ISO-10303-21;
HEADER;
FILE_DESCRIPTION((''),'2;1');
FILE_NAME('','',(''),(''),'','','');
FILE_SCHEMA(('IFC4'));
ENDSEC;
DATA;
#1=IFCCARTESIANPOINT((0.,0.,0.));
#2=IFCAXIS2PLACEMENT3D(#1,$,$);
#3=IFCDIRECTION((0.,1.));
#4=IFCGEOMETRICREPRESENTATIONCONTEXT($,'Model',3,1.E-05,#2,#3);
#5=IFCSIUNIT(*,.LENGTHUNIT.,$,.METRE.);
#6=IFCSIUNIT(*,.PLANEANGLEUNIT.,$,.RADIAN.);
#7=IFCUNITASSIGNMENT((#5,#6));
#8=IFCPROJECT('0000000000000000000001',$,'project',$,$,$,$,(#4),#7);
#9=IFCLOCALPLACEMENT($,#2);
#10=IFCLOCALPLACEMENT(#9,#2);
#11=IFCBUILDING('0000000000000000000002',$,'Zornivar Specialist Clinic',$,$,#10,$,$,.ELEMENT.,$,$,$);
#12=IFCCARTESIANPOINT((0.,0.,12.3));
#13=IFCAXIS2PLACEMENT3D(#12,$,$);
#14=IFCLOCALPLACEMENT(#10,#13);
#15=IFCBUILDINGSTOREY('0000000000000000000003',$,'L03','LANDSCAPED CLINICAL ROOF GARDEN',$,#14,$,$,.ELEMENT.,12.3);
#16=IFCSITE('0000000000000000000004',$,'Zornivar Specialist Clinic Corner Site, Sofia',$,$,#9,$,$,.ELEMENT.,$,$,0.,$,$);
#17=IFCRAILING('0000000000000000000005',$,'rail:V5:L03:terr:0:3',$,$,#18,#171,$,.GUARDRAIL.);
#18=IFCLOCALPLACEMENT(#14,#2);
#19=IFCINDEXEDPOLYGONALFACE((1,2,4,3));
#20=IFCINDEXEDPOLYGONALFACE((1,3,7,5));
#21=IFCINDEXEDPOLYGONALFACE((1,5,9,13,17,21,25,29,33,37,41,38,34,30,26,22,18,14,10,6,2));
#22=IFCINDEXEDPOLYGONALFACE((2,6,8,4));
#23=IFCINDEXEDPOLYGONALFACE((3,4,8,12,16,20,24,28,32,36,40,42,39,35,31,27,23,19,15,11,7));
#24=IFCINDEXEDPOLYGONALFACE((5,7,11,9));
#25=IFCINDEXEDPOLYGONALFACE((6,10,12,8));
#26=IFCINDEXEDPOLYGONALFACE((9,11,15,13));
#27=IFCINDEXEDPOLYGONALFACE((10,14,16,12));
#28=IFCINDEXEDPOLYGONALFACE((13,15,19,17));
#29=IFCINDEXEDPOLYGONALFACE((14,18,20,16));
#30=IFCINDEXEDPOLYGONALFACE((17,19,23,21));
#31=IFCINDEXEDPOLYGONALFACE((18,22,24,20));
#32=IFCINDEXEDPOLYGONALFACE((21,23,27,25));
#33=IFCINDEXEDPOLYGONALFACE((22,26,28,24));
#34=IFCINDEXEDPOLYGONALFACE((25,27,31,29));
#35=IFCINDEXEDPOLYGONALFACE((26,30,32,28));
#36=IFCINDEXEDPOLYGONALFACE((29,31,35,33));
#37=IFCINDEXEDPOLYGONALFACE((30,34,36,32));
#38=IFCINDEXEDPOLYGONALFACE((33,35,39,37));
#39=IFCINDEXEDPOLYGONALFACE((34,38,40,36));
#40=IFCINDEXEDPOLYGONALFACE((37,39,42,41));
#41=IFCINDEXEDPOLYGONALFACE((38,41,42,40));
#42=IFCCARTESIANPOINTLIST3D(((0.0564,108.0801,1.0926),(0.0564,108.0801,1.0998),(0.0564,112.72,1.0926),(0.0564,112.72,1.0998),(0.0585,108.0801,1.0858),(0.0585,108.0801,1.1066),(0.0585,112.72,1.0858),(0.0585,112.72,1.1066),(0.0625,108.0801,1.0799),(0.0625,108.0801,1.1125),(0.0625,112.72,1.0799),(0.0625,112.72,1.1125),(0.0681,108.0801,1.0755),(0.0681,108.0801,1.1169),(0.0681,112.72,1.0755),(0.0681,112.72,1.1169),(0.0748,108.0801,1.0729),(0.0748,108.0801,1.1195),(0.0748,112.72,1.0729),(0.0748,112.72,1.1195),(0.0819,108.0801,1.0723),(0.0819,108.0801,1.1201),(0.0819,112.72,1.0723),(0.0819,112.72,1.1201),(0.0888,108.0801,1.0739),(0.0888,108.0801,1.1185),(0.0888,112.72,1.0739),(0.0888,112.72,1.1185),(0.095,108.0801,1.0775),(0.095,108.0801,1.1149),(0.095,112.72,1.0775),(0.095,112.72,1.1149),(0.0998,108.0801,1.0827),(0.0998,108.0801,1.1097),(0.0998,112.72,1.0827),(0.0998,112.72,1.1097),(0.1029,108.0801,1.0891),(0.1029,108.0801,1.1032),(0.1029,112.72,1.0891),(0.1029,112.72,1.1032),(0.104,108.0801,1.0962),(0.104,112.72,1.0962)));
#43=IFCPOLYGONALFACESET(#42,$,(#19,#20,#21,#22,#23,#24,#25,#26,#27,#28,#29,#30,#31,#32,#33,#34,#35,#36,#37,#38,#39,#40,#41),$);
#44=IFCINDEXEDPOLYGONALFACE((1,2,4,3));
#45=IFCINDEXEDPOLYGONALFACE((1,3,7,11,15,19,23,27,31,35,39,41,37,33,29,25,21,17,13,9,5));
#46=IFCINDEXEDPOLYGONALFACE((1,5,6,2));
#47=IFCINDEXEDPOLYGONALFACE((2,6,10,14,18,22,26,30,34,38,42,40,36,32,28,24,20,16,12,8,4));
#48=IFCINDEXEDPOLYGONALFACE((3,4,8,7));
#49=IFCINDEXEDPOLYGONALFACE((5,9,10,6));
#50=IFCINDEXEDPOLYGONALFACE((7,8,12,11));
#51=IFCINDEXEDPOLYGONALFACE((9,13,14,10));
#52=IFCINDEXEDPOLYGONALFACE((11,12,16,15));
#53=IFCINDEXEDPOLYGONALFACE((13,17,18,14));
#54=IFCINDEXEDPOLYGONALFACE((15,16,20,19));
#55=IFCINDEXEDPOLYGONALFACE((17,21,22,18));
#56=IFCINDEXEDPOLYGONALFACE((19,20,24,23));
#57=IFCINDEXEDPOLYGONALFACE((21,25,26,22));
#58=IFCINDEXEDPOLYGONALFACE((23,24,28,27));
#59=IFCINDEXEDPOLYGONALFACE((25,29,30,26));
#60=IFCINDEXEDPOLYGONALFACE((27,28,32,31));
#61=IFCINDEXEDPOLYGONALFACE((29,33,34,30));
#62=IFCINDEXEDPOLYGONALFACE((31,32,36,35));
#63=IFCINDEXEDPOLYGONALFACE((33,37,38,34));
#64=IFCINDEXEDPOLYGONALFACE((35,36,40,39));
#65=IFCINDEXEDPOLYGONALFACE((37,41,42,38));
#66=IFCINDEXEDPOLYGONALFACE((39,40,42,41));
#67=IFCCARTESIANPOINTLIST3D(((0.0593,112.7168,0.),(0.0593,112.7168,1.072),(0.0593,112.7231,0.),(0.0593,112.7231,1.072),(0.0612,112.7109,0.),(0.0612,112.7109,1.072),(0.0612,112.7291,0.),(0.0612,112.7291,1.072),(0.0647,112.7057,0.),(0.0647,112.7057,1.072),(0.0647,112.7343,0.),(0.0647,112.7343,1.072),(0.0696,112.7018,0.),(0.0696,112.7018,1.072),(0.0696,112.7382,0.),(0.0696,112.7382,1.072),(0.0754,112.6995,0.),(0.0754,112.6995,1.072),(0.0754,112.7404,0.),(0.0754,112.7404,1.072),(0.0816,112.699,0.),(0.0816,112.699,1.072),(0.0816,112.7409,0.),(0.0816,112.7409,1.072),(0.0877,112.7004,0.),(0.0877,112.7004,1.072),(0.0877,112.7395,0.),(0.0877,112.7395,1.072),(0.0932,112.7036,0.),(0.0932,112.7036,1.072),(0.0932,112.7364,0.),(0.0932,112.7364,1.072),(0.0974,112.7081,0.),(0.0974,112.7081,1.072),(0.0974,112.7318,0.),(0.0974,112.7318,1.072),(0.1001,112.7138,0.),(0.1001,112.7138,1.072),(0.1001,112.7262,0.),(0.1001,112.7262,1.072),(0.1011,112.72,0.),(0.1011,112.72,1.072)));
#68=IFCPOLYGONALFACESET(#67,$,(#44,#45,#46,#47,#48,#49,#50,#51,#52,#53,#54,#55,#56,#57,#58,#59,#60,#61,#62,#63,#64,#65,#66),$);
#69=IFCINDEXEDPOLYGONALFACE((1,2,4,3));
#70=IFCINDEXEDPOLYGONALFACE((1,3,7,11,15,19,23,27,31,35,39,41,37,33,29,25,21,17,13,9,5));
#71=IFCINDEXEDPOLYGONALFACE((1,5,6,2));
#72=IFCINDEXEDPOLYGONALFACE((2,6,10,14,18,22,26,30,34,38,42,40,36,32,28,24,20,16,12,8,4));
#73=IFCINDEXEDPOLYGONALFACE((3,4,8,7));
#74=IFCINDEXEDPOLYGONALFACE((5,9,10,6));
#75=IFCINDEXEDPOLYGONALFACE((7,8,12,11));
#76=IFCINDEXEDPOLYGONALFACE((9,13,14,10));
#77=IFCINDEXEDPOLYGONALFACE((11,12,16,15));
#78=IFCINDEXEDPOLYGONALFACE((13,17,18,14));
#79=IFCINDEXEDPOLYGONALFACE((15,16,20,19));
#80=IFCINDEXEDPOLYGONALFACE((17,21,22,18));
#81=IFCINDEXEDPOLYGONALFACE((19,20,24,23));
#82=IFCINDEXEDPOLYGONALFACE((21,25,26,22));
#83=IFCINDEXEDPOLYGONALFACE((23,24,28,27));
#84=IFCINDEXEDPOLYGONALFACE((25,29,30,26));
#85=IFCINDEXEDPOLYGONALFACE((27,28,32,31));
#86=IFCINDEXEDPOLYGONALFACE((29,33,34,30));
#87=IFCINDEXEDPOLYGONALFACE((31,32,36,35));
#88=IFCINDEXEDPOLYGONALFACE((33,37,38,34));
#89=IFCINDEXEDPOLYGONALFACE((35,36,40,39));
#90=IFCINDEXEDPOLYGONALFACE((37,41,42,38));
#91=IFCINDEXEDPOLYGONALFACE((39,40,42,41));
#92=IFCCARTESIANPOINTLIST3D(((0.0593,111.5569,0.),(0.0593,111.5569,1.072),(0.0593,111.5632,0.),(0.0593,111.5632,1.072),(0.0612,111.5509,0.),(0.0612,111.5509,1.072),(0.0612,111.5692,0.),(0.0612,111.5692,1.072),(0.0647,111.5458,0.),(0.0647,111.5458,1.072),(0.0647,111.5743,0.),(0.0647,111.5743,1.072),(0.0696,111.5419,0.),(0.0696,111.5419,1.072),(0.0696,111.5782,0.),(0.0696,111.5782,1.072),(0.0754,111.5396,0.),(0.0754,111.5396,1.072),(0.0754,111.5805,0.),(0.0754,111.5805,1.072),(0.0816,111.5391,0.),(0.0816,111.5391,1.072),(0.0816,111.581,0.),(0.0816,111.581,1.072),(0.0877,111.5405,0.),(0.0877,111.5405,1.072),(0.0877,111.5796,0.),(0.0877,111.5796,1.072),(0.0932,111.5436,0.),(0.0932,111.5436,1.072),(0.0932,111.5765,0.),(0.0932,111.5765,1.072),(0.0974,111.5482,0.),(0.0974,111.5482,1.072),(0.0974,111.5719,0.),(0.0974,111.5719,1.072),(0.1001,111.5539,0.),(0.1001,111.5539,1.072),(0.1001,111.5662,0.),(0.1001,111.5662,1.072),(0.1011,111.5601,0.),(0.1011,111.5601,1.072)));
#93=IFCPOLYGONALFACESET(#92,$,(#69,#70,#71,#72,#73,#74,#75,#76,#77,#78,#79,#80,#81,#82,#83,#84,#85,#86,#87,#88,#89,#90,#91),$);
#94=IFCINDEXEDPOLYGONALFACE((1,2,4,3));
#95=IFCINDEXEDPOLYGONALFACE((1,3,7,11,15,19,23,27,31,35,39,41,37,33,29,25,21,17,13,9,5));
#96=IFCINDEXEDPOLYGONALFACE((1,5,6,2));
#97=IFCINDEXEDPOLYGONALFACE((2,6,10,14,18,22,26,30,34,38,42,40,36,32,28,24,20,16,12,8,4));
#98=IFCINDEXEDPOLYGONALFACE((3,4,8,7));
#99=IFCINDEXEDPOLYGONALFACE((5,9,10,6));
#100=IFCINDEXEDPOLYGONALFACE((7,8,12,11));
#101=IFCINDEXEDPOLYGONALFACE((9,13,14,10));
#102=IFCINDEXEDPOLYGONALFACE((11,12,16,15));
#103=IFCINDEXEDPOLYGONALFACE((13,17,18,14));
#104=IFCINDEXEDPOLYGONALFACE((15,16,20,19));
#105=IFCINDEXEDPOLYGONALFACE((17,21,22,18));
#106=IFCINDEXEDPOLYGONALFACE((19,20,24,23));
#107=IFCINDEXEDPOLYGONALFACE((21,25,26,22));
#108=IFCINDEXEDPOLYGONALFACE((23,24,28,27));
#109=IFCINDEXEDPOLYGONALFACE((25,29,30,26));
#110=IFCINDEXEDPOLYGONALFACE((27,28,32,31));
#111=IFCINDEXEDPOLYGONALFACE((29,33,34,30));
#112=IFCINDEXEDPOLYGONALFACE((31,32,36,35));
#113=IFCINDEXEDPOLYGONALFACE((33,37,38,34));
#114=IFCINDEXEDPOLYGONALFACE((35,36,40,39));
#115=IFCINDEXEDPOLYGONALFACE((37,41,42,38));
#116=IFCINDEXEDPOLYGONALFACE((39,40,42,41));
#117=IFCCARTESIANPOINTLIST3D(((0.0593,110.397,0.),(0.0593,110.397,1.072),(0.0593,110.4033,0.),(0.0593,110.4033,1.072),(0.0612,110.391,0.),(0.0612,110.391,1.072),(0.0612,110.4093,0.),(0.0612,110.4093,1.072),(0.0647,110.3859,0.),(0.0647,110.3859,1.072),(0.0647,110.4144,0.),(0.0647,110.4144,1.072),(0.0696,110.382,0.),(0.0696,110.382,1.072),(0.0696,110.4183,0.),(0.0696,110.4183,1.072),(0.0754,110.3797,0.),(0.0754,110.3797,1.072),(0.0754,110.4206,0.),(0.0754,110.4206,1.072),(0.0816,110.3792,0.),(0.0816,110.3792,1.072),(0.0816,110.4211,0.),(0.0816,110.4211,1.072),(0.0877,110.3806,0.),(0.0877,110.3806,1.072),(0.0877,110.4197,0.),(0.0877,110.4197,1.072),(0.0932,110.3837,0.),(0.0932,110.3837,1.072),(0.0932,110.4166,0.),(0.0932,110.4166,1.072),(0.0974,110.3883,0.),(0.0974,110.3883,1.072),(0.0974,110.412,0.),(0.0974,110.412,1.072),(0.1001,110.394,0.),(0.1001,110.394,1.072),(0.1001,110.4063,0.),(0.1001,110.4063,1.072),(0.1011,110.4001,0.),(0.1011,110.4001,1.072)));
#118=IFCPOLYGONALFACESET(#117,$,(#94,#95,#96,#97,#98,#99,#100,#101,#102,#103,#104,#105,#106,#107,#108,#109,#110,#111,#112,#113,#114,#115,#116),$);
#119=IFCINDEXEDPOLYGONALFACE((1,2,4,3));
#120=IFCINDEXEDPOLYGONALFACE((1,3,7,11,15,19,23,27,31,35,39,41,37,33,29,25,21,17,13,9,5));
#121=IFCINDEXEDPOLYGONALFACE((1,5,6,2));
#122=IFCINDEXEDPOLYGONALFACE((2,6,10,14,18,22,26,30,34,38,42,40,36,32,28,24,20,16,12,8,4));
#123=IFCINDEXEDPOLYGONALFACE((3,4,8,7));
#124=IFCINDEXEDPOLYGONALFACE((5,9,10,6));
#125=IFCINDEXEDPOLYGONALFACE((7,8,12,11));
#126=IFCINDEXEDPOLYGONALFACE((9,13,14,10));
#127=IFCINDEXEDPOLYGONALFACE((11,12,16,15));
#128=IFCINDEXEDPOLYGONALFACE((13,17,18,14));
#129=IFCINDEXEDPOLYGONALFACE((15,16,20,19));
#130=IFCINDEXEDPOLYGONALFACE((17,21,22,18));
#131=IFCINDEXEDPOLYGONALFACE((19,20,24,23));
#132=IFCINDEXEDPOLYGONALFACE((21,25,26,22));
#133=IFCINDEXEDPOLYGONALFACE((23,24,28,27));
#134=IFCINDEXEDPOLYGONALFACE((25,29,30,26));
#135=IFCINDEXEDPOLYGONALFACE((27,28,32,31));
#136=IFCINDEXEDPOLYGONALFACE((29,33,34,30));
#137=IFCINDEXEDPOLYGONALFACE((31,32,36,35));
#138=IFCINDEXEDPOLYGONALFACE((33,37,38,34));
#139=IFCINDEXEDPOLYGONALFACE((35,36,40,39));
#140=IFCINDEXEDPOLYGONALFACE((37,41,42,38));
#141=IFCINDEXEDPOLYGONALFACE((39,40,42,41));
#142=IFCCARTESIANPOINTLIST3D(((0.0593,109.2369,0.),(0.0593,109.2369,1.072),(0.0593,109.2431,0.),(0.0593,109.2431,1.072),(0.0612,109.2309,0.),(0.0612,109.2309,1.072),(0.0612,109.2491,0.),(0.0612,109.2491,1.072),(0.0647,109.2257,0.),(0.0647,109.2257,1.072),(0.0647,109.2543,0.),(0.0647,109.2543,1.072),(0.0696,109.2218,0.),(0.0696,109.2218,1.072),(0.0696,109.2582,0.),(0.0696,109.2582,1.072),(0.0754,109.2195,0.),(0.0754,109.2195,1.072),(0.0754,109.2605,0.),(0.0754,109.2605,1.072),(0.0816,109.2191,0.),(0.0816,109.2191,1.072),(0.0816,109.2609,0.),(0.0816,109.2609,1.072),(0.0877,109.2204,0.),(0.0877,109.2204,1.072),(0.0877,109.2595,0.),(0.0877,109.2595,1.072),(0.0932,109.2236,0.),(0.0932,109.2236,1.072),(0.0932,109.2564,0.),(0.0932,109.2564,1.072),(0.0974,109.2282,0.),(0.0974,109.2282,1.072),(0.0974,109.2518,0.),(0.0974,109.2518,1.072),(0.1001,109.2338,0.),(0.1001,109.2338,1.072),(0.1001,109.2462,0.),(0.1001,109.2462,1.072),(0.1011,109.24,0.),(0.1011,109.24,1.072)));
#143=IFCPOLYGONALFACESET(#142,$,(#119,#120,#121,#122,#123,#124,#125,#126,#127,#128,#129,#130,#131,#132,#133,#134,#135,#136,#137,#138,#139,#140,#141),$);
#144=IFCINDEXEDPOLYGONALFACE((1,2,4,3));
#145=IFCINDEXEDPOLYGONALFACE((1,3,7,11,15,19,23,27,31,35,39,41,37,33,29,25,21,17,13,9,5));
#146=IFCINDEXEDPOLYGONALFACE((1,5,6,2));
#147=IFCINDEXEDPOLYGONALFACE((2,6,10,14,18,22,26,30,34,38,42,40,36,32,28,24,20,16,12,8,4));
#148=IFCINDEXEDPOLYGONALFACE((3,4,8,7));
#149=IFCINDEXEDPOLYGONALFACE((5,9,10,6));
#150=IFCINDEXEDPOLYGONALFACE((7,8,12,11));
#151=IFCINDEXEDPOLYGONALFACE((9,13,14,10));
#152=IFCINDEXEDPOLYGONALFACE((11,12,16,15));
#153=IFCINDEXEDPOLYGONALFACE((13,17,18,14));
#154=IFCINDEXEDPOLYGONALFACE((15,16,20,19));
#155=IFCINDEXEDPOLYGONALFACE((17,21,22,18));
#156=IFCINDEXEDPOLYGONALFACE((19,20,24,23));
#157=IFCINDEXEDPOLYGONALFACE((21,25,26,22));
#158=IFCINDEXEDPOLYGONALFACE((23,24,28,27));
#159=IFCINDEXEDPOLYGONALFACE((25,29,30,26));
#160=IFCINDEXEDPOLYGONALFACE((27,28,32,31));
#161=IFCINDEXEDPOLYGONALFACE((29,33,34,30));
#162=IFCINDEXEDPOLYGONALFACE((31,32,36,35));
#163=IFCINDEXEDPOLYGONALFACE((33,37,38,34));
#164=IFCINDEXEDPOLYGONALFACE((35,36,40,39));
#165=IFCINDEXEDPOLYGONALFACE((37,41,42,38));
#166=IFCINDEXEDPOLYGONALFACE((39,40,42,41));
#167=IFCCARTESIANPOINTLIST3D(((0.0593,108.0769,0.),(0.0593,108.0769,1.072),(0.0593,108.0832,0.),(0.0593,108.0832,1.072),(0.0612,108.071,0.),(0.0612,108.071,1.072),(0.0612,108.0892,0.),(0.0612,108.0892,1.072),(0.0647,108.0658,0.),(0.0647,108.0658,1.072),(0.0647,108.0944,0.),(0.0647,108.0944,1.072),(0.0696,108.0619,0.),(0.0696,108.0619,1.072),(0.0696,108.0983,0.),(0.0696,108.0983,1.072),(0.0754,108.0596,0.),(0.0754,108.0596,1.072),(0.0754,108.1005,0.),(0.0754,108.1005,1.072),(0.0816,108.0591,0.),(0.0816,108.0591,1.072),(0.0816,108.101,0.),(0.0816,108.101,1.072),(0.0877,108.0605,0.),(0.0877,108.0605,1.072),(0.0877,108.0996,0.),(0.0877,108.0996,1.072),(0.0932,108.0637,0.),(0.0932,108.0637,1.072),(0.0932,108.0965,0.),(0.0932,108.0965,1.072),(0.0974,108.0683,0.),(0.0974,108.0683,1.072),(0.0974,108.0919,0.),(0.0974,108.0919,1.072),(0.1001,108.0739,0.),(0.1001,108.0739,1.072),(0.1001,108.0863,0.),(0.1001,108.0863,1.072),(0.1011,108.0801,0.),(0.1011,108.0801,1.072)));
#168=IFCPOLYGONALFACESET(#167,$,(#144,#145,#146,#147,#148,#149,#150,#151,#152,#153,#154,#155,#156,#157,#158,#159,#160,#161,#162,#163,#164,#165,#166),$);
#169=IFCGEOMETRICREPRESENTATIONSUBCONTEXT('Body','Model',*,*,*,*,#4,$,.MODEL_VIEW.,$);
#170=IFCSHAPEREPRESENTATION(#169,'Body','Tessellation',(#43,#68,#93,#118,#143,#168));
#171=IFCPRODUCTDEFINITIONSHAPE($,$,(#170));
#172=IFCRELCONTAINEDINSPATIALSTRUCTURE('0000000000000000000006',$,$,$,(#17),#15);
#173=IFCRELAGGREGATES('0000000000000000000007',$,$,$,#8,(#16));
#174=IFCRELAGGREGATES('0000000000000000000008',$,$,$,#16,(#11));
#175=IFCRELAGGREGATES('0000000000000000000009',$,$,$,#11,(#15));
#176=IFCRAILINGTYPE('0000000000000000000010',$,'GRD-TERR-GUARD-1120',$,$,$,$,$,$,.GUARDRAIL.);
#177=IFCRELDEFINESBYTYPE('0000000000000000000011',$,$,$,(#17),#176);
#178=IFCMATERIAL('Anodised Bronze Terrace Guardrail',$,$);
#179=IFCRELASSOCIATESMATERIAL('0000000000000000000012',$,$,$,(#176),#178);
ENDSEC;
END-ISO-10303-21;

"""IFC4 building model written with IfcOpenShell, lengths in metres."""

from ifc_helpers import new_model, si_unit, direction, frame, origin, origin_2d, place, context, subcontext, project, spatial, circle, extrude, material, type_object, element, save


model = new_model("IFC4")

# Units and contexts
model_context = context("Model", 3, precision=1e-05, world=origin(), true_north=direction((0.0, 1.0)))
body_context = subcontext(model_context, "Body", "Model", "MODEL_VIEW")
ifc_project = project(units=[si_unit("LENGTHUNIT", "METRE"), si_unit("PLANEANGLEUNIT", "RADIAN")], contexts=[model_context])

# Site, building, storey
site_placement = place(None, origin())
site = spatial("IfcSite", under=ifc_project, at=site_placement, Name="Zornivar Specialist Clinic Corner Site, Sofia", CompositionType="ELEMENT", RefElevation=0.0)
building_placement = place(site_placement, origin())
building = spatial("IfcBuilding", under=site, at=building_placement, Name="Zornivar Specialist Clinic", CompositionType="ELEMENT")
storey_placement = place(building_placement, frame((0.0, 0.0, 12.3)))
storey = spatial("IfcBuildingStorey", under=building, at=storey_placement, Name="L03", Description="LANDSCAPED CLINICAL ROOF GARDEN", CompositionType="ELEMENT", Elevation=12.3)

# Railing
ifc_material_1 = material(Name="Anodised Bronze Terrace Guardrail")
railing_type_1 = type_object("IfcRailingType", Name="GRD-TERR-GUARD-1120", PredefinedType="GUARDRAIL", material=ifc_material_1)
railing_1_placement = place(storey_placement, frame((0.0801, 112.72, 0.0)))
element("IfcRailing", 1, at=railing_1_placement, inside=storey, type_object=railing_type_1, Name="rail:V5:L03:terr:0:3", PredefinedType="GUARDRAIL", context=body_context, shape_type="SweptSolid", body=[
    extrude(circle(Radius=0.0239, at=origin_2d()), frame((0.0, 0.0, 1.0962), z_axis=(0.0, -1.0, 0.0), x_axis=(1.0, 0.0, 0.0)), (0.0, 0.0, 1.0), 4.6399),
    extrude(circle(Radius=0.021, at=origin_2d()), origin(), (0.0, 0.0, 1.0), 1.072),
    extrude(circle(Radius=0.021, at=origin_2d()), frame((0.0, -1.1599, 0.0)), (0.0, 0.0, 1.0), 1.072),
    extrude(circle(Radius=0.021, at=origin_2d()), frame((0.0, -2.3198, 0.0)), (0.0, 0.0, 1.0), 1.072),
    extrude(circle(Radius=0.021, at=origin_2d()), frame((0.0, -3.48, 0.0)), (0.0, 0.0, 1.0), 1.072),
    extrude(circle(Radius=0.021, at=origin_2d()), frame((0.0, -4.6399, 0.0)), (0.0, 0.0, 1.0), 1.072),
])

save(model, "model.ifc")
